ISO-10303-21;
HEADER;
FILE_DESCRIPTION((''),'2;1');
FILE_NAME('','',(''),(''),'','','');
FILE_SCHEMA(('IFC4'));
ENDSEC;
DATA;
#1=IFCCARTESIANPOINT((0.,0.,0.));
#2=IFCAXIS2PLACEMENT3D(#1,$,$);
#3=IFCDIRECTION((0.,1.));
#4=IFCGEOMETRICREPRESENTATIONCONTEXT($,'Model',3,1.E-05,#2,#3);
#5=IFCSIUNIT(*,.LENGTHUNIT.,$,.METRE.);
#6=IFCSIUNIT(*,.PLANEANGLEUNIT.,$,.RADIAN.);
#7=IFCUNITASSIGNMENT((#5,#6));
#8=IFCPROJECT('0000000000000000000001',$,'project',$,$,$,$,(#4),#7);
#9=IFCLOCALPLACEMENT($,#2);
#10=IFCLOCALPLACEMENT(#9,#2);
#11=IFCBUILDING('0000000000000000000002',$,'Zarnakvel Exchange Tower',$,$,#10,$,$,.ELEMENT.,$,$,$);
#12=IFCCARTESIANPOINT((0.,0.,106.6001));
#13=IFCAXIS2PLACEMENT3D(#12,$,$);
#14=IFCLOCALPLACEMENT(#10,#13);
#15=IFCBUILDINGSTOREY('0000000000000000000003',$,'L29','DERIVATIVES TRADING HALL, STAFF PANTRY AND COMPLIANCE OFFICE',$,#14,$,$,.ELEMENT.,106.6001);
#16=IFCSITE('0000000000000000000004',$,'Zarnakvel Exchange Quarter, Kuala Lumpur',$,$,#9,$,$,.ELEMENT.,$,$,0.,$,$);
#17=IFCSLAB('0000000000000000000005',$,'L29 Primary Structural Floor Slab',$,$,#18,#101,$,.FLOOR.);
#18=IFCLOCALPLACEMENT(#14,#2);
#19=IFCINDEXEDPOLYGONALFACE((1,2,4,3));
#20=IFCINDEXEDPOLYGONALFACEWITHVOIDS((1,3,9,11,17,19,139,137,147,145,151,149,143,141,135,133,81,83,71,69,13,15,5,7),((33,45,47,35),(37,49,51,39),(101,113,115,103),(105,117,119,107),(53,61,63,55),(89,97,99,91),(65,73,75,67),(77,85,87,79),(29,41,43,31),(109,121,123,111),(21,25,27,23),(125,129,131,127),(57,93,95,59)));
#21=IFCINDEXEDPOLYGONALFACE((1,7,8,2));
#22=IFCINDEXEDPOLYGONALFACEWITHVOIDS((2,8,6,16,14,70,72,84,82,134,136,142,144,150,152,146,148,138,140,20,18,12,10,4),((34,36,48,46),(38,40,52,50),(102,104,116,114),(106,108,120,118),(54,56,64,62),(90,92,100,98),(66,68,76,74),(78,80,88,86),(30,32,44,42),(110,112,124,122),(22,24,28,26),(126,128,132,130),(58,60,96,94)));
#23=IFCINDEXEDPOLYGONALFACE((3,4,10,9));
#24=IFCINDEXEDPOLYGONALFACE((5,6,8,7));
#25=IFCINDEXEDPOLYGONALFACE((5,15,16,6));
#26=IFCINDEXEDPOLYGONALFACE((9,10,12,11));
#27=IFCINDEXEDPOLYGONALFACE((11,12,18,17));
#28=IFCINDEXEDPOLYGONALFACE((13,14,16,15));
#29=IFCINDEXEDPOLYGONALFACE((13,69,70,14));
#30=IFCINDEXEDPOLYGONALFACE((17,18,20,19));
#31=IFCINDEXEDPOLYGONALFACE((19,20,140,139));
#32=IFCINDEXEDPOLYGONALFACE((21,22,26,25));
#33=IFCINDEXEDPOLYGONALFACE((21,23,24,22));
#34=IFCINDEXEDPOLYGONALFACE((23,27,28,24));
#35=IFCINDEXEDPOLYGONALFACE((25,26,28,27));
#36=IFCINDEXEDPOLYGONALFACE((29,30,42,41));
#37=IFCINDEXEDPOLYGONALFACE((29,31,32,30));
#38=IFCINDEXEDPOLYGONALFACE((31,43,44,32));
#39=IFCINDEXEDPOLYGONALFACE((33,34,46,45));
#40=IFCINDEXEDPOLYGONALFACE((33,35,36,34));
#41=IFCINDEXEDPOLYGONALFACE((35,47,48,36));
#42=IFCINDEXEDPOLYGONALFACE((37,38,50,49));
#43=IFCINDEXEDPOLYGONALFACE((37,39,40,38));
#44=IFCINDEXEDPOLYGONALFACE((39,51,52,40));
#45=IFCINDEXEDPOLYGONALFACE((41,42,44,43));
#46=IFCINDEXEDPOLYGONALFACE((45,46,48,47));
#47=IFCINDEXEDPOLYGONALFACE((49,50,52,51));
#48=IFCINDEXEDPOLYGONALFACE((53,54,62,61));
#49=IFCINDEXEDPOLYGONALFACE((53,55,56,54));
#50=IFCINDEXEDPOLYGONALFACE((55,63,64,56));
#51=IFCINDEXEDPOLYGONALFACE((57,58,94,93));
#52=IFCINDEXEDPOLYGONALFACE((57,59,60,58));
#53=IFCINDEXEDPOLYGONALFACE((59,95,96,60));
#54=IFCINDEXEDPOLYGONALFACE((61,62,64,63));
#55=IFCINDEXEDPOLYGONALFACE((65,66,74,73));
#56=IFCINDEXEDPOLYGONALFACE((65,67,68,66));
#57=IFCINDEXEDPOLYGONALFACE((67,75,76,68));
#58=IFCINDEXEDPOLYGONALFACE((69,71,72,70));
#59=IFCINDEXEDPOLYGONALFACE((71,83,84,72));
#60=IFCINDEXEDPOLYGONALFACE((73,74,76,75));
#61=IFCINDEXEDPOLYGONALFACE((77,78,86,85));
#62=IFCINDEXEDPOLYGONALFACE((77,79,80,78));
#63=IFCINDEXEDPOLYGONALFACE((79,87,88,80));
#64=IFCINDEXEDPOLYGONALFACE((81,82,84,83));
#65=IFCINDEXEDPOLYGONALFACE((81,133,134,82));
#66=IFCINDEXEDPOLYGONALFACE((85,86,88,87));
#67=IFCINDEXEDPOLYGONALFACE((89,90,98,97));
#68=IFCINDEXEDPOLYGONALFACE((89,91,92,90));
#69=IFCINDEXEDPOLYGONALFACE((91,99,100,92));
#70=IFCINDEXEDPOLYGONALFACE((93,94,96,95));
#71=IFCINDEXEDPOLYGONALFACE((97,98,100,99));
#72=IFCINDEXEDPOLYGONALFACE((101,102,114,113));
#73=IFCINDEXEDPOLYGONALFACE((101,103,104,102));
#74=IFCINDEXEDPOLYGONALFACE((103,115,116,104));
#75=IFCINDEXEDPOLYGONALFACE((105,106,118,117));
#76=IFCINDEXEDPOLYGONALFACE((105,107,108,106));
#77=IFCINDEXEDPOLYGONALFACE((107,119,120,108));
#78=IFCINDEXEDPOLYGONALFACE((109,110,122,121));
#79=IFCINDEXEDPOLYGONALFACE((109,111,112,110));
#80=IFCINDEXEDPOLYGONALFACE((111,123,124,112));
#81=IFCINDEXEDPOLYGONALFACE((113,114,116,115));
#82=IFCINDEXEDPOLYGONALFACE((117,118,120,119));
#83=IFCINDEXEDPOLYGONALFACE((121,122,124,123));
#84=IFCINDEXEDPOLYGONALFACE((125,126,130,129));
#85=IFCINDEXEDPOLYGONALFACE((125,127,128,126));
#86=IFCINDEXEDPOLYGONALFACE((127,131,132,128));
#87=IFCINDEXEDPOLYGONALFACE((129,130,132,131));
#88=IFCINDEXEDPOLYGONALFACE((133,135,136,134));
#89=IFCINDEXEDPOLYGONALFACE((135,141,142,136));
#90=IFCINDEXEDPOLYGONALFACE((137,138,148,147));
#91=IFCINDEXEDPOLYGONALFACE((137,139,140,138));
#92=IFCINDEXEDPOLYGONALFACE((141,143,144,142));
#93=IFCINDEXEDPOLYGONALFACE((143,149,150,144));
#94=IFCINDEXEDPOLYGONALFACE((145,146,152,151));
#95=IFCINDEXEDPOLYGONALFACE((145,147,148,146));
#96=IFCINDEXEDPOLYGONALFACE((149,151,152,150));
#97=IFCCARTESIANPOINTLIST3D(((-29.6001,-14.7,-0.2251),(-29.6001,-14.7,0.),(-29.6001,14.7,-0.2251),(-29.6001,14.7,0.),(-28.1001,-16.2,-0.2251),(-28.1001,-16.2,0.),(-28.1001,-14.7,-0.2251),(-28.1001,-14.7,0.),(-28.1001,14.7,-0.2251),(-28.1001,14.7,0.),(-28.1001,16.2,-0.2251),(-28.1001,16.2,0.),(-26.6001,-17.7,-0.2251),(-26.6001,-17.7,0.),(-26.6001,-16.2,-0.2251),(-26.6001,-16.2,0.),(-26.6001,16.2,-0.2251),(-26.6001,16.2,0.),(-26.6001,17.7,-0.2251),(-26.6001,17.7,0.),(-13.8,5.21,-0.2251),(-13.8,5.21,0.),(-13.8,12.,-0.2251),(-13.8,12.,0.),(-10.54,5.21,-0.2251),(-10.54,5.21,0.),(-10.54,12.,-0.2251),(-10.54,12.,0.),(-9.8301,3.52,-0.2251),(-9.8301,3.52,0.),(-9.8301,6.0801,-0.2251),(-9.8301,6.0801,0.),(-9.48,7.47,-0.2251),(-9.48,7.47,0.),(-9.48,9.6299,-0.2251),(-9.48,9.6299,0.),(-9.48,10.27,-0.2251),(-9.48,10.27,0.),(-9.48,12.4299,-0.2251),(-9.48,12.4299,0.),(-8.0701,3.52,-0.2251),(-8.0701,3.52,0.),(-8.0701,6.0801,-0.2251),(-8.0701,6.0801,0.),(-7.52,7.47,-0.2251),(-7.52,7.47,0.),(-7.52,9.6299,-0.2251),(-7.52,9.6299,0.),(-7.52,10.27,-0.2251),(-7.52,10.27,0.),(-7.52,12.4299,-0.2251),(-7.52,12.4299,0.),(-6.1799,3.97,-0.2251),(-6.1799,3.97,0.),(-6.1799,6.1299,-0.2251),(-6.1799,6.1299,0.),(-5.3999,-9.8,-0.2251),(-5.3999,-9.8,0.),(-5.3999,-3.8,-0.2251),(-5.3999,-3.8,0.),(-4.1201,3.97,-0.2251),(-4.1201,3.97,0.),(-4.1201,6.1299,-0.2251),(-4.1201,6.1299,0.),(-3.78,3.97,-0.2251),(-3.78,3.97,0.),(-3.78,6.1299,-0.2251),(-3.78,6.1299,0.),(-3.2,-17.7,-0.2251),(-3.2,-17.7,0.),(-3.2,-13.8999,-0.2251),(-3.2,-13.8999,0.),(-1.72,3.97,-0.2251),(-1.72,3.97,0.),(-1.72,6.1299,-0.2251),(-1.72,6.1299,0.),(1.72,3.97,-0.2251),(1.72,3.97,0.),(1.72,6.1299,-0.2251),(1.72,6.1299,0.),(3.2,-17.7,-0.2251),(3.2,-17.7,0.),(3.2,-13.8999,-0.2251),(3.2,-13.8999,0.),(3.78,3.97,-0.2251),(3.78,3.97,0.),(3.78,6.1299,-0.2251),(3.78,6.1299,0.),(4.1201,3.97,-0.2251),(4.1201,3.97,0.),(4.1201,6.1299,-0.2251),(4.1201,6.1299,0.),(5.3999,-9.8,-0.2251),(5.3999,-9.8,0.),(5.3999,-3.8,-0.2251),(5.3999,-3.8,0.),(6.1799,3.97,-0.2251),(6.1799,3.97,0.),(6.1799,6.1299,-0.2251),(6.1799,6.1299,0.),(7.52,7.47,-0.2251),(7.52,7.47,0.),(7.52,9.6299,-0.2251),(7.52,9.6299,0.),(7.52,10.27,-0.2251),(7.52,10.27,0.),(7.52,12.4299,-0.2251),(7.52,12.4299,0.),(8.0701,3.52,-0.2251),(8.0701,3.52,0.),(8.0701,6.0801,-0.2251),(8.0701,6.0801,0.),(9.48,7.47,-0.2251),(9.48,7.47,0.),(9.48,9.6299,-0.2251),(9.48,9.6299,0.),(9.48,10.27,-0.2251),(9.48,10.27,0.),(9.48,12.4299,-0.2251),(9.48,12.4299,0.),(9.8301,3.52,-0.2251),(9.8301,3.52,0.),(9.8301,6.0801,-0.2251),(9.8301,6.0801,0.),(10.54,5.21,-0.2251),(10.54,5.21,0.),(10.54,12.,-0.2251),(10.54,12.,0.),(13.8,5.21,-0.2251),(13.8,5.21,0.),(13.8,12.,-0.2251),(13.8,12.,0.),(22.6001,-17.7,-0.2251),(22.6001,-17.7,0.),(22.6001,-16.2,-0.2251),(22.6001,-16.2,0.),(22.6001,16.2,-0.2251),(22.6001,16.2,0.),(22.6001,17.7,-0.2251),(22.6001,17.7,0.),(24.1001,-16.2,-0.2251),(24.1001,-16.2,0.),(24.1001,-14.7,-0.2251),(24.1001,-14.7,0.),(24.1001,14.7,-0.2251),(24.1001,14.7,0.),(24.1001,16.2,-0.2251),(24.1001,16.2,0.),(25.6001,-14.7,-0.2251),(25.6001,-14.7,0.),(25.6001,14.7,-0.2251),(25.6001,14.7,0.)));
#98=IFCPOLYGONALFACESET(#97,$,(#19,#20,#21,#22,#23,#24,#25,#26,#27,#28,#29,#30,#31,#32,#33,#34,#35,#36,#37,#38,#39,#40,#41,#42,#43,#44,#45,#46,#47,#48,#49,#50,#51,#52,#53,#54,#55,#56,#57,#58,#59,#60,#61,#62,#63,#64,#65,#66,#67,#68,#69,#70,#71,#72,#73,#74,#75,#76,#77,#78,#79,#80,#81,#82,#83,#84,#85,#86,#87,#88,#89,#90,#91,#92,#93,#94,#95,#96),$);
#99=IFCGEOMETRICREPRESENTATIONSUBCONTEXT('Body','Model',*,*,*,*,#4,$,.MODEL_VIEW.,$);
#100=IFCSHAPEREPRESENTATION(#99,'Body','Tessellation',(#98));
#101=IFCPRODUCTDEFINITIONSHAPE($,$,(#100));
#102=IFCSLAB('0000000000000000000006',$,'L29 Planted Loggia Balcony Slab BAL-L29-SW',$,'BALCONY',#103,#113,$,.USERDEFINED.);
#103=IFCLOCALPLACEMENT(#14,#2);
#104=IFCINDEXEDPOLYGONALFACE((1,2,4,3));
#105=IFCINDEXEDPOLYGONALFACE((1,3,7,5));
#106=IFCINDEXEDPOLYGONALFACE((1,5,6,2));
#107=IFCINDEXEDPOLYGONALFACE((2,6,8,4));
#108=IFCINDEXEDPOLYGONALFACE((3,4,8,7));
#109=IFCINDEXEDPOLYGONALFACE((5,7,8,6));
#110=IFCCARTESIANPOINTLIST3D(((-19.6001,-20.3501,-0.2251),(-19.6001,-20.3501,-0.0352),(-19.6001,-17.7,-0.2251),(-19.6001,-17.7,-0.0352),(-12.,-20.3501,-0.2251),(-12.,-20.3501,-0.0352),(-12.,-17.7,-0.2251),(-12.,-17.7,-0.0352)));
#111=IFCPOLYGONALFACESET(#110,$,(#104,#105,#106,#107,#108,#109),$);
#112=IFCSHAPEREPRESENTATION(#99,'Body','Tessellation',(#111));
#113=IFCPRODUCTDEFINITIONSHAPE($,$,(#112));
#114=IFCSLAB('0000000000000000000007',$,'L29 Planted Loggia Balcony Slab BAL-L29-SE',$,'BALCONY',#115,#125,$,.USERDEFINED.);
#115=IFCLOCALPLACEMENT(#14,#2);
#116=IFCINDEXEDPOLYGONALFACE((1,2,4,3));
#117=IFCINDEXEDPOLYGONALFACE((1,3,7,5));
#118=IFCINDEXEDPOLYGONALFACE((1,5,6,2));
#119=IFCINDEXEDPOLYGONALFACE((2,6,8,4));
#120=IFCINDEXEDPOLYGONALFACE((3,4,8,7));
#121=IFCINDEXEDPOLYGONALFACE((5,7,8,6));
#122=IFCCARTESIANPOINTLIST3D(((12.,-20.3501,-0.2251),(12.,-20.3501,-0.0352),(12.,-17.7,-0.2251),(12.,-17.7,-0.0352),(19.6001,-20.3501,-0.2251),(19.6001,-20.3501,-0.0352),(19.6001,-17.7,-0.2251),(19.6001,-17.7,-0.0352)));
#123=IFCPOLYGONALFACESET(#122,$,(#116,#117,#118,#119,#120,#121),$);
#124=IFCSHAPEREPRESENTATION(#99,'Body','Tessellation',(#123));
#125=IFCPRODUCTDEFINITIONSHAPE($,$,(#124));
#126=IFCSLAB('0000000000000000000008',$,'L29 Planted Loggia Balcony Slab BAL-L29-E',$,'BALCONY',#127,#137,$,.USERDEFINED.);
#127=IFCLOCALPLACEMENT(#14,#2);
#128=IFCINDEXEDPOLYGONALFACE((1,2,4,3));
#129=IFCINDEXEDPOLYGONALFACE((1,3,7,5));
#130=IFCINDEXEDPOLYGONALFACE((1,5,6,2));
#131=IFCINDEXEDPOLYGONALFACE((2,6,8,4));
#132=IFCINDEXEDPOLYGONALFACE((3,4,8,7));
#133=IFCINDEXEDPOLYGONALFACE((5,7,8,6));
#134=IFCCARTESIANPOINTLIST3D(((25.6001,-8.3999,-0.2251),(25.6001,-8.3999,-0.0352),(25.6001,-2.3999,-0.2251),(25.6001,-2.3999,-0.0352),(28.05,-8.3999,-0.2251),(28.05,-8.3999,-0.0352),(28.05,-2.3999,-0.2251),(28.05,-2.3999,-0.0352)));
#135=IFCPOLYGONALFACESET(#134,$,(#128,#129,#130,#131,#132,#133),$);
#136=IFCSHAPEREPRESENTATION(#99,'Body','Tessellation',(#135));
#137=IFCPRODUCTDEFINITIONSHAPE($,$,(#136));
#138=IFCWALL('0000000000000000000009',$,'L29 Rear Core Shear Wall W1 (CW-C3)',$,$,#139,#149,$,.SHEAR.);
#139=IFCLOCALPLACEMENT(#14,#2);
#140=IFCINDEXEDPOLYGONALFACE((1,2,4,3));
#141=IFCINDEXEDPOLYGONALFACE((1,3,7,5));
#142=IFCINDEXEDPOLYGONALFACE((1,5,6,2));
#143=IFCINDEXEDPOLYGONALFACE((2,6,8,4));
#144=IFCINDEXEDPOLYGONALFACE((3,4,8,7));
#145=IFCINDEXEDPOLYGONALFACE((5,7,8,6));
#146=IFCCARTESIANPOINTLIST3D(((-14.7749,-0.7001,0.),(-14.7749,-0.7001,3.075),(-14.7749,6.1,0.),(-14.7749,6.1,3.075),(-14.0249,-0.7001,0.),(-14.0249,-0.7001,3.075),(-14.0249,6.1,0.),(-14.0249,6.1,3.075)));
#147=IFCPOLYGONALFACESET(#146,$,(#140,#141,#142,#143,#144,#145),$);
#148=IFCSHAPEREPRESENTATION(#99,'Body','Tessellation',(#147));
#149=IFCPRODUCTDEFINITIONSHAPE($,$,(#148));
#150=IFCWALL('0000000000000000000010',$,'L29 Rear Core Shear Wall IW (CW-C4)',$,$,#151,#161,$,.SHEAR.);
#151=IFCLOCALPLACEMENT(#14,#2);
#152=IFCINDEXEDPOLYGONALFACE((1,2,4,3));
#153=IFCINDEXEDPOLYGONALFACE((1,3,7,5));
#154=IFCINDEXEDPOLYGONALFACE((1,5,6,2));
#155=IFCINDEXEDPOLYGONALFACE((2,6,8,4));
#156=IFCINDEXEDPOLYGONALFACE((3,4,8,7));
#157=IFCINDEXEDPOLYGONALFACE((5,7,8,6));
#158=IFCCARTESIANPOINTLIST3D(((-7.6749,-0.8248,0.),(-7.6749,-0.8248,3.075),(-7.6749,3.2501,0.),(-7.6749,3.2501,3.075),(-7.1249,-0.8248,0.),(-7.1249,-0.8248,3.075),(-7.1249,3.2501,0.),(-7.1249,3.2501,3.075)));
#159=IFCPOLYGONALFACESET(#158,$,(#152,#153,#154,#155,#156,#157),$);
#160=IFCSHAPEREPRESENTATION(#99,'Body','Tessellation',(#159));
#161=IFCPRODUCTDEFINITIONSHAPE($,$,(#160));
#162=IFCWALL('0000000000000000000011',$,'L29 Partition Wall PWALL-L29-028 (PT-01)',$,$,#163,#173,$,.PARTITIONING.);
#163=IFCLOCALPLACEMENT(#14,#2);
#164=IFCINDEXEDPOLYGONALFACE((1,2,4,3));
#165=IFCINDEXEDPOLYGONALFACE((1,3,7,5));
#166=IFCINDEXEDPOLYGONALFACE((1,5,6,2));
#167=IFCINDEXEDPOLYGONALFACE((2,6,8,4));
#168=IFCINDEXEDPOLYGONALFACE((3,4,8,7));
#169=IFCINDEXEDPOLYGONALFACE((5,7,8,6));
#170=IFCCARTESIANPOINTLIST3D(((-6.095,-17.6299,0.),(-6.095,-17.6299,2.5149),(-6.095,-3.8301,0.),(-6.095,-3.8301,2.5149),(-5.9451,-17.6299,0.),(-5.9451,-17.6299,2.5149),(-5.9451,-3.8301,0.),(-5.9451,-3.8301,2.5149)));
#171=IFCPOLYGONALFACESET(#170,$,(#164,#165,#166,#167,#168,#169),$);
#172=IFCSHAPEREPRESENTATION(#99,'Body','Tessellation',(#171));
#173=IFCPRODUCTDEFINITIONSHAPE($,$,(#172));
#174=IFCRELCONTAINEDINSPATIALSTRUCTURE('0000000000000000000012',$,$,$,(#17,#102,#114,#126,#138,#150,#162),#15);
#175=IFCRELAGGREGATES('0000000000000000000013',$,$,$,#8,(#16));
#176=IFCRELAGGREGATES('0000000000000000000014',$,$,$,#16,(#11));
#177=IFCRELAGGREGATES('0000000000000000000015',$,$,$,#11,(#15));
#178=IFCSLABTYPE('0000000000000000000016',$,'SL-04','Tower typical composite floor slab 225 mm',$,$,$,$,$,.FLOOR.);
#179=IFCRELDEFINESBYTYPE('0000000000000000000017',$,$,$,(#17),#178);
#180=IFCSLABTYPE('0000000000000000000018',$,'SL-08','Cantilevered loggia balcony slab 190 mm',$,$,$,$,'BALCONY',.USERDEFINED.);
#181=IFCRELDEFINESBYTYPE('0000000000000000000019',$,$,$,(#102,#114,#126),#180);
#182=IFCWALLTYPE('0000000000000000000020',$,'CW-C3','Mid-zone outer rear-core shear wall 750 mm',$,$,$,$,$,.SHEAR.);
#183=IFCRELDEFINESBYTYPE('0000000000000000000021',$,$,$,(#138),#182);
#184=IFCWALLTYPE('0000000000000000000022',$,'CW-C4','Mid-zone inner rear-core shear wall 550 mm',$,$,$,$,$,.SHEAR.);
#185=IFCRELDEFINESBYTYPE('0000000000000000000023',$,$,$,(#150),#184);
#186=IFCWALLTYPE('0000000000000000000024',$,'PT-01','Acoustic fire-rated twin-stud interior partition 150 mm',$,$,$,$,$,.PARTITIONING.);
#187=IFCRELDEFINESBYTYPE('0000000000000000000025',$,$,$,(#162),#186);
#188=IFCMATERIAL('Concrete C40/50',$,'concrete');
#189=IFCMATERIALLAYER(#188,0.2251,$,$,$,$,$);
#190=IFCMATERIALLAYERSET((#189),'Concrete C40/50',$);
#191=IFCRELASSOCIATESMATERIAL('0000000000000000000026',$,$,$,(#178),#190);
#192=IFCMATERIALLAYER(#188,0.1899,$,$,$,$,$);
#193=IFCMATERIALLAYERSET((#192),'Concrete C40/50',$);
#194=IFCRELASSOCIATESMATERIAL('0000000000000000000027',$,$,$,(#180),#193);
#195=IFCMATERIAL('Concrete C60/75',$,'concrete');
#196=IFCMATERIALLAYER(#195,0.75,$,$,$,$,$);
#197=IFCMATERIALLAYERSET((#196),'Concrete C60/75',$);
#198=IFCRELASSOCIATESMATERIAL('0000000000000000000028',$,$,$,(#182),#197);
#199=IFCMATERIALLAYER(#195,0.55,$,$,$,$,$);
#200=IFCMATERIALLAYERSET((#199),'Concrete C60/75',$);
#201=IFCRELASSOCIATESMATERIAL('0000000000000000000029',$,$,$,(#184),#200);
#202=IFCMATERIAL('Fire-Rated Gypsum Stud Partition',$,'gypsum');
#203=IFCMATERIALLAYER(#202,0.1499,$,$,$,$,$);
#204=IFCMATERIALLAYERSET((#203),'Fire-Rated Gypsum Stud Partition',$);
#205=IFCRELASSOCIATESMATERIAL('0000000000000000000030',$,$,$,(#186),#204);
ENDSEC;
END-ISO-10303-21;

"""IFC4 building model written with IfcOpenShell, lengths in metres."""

from ifc_helpers import new_model, si_unit, direction, frame, frame_2d, origin, place, context, subcontext, project, spatial, polyline, rectangle, outline, extrude, material, layer, layer_set, type_object, element, save


model = new_model("IFC4")

# Units and contexts
model_context = context("Model", 3, precision=1e-05, world=origin(), true_north=direction((0.0, 1.0)))
body_context = subcontext(model_context, "Body", "Model", "MODEL_VIEW")
ifc_project = project(units=[si_unit("LENGTHUNIT", "METRE"), si_unit("PLANEANGLEUNIT", "RADIAN")], contexts=[model_context])

# Site, building, storey
site_placement = place(None, origin())
site = spatial("IfcSite", under=ifc_project, at=site_placement, Name="Zarnakvel Exchange Quarter, Kuala Lumpur", CompositionType="ELEMENT", RefElevation=0.0)
building_placement = place(site_placement, origin())
building = spatial("IfcBuilding", under=site, at=building_placement, Name="Zarnakvel Exchange Tower", CompositionType="ELEMENT")
storey_placement = place(building_placement, frame((0.0, 0.0, 106.6001)))
storey = spatial("IfcBuildingStorey", under=building, at=storey_placement, Name="L29", Description="DERIVATIVES TRADING HALL, STAFF PANTRY AND COMPLIANCE OFFICE", CompositionType="ELEMENT", Elevation=106.6001)

# Shared definitions
ifc_material_1 = material(Name="Concrete C60/75", Category="concrete")

# Slabs
ifc_material_2 = material(Name="Concrete C40/50", Category="concrete")
ifc_layer_1 = layer(ifc_material_2, 0.2251)
ifc_layer_set_1 = layer_set([ifc_layer_1], Name="Concrete C40/50")
slab_type_1 = type_object("IfcSlabType", Name="SL-04", Description="Tower typical composite floor slab 225 mm", PredefinedType="FLOOR", material=ifc_layer_set_1)
slab_1_placement = place(storey_placement, frame((0.0, 0.0, -0.2251)))
element("IfcSlab", 1, at=slab_1_placement, inside=storey, type_object=slab_type_1, Name="L29 Primary Structural Floor Slab", PredefinedType="FLOOR", context=body_context, shape_type="SweptSolid", body=[
    extrude(outline(polyline([(-29.6001, -14.7), (-28.1001, -14.7), (-28.1001, -16.2), (-26.6001, -16.2), (-26.6001, -17.7), (-3.2, -17.7), (-3.2, -13.8999), (3.2, -13.8999), (3.2, -17.7), (22.6001, -17.7), (22.6001, -16.2), (24.1001, -16.2), (24.1001, -14.7), (25.6001, -14.7), (25.6001, 14.7), (24.1001, 14.7), (24.1001, 16.2), (22.6001, 16.2), (22.6001, 17.7), (-26.6001, 17.7), (-26.6001, 16.2), (-28.1001, 16.2), (-28.1001, 14.7), (-29.6001, 14.7), (-29.6001, -14.7)]), holes=[polyline([(-5.3999, -9.8), (5.3999, -9.8), (5.3999, -3.8), (-5.3999, -3.8), (-5.3999, -9.8)]), polyline([(-13.8, 5.21), (-10.54, 5.21), (-10.54, 12.0), (-13.8, 12.0), (-13.8, 5.21)]), polyline([(10.54, 5.21), (13.8, 5.21), (13.8, 12.0), (10.54, 12.0), (10.54, 5.21)]), polyline([(-9.8301, 3.52), (-8.0701, 3.52), (-8.0701, 6.0801), (-9.8301, 6.0801), (-9.8301, 3.52)]), polyline([(8.0701, 3.52), (9.8301, 3.52), (9.8301, 6.0801), (8.0701, 6.0801), (8.0701, 3.52)]), polyline([(-6.1799, 3.97), (-4.1201, 3.97), (-4.1201, 6.1299), (-6.1799, 6.1299), (-6.1799, 3.97)]), polyline([(-3.78, 3.97), (-1.72, 3.97), (-1.72, 6.1299), (-3.78, 6.1299), (-3.78, 3.97)]), polyline([(1.72, 3.97), (3.78, 3.97), (3.78, 6.1299), (1.72, 6.1299), (1.72, 3.97)]), polyline([(4.1201, 3.97), (6.1799, 3.97), (6.1799, 6.1299), (4.1201, 6.1299), (4.1201, 3.97)]), polyline([(-9.48, 7.47), (-7.52, 7.47), (-7.52, 9.6299), (-9.48, 9.6299), (-9.48, 7.47)]), polyline([(-9.48, 10.27), (-7.52, 10.27), (-7.52, 12.4299), (-9.48, 12.4299), (-9.48, 10.27)]), polyline([(7.52, 7.47), (9.48, 7.47), (9.48, 9.6299), (7.52, 9.6299), (7.52, 7.47)]), polyline([(7.52, 10.27), (9.48, 10.27), (9.48, 12.4299), (7.52, 12.4299), (7.52, 10.27)])]), origin(), (0.0, 0.0, 1.0), 0.2251),
])
ifc_layer_2 = layer(ifc_material_2, 0.1899)
ifc_layer_set_2 = layer_set([ifc_layer_2], Name="Concrete C40/50")
slab_type_2 = type_object("IfcSlabType", Name="SL-08", Description="Cantilevered loggia balcony slab 190 mm", ElementType="BALCONY", PredefinedType="USERDEFINED", material=ifc_layer_set_2)
slab_2_placement = place(storey_placement, frame((0.0, 0.0, -0.2251)))
element("IfcSlab", 2, at=slab_2_placement, inside=storey, type_object=slab_type_2, Name="L29 Planted Loggia Balcony Slab BAL-L29-SW", ObjectType="BALCONY", PredefinedType="USERDEFINED", context=body_context, shape_type="SweptSolid", body=[
    extrude(outline(polyline([(-19.6001, -20.3501), (-12.0, -20.3501), (-12.0, -17.7), (-19.6001, -17.7), (-19.6001, -20.3501)])), origin(), (0.0, 0.0, 1.0), 0.1899),
])
slab_3_placement = place(storey_placement, frame((0.0, 0.0, -0.2251)))
element("IfcSlab", 3, at=slab_3_placement, inside=storey, type_object=slab_type_2, Name="L29 Planted Loggia Balcony Slab BAL-L29-SE", ObjectType="BALCONY", PredefinedType="USERDEFINED", context=body_context, shape_type="SweptSolid", body=[
    extrude(outline(polyline([(12.0, -20.3501), (19.6001, -20.3501), (19.6001, -17.7), (12.0, -17.7), (12.0, -20.3501)])), origin(), (0.0, 0.0, 1.0), 0.1899),
])
slab_4_placement = place(storey_placement, frame((0.0, 0.0, -0.2251)))
element("IfcSlab", 4, at=slab_4_placement, inside=storey, type_object=slab_type_2, Name="L29 Planted Loggia Balcony Slab BAL-L29-E", ObjectType="BALCONY", PredefinedType="USERDEFINED", context=body_context, shape_type="SweptSolid", body=[
    extrude(outline(polyline([(25.6001, -8.3999), (28.05, -8.3999), (28.05, -2.3999), (25.6001, -2.3999), (25.6001, -8.3999)])), origin(), (0.0, 0.0, 1.0), 0.1899),
])

# Wall
ifc_layer_3 = layer(ifc_material_1, 0.75)
ifc_layer_set_3 = layer_set([ifc_layer_3], Name="Concrete C60/75")
wall_type_1 = type_object("IfcWallType", Name="CW-C3", Description="Mid-zone outer rear-core shear wall 750 mm", PredefinedType="SHEAR", material=ifc_layer_set_3)
wall_1_placement = place(storey_placement, frame((-14.3999, -0.7, 0.0), z_axis=(0.0, 0.0, 1.0), x_axis=(0.0, 1.0, 0.0)))
element("IfcWall", 5, at=wall_1_placement, inside=storey, type_object=wall_type_1, Name="L29 Rear Core Shear Wall W1 (CW-C3)", PredefinedType="SHEAR", context=body_context, shape_type="SweptSolid", body=[
    extrude(rectangle(XDim=6.8, YDim=0.75, at=frame_2d((3.3999, 0.0))), origin(), (0.0, 0.0, 1.0), 3.075),
])

# Walls
ifc_layer_4 = layer(ifc_material_1, 0.55)
ifc_layer_set_4 = layer_set([ifc_layer_4], Name="Concrete C60/75")
wall_type_2 = type_object("IfcWallType", Name="CW-C4", Description="Mid-zone inner rear-core shear wall 550 mm", PredefinedType="SHEAR", material=ifc_layer_set_4)
wall_2_placement = place(storey_placement, frame((-7.3999, -0.825, 0.0), z_axis=(0.0, 0.0, 1.0), x_axis=(0.0, 1.0, 0.0)))
element("IfcWall", 6, at=wall_2_placement, inside=storey, type_object=wall_type_2, Name="L29 Rear Core Shear Wall IW (CW-C4)", PredefinedType="SHEAR", context=body_context, shape_type="SweptSolid", body=[
    extrude(rectangle(XDim=4.075, YDim=0.55, at=frame_2d((2.0376, 0.0))), origin(), (0.0, 0.0, 1.0), 3.075),
])
ifc_material_3 = material(Name="Fire-Rated Gypsum Stud Partition", Category="gypsum")
ifc_layer_5 = layer(ifc_material_3, 0.1499)
ifc_layer_set_5 = layer_set([ifc_layer_5], Name="Fire-Rated Gypsum Stud Partition")
wall_type_3 = type_object("IfcWallType", Name="PT-01", Description="Acoustic fire-rated twin-stud interior partition 150 mm", PredefinedType="PARTITIONING", material=ifc_layer_set_5)
wall_3_placement = place(storey_placement, frame((-6.02, -3.8301, 0.0), z_axis=(0.0, 0.0, 1.0), x_axis=(0.0, -1.0, 0.0)))
element("IfcWall", 7, at=wall_3_placement, inside=storey, type_object=wall_type_3, Name="L29 Partition Wall PWALL-L29-028 (PT-01)", PredefinedType="PARTITIONING", context=body_context, shape_type="SweptSolid", body=[
    extrude(rectangle(XDim=13.7998, YDim=0.1499, at=frame_2d((6.8999, 0.0))), origin(), (0.0, 0.0, 1.0), 2.5149),
])

save(model, "model.ifc")
